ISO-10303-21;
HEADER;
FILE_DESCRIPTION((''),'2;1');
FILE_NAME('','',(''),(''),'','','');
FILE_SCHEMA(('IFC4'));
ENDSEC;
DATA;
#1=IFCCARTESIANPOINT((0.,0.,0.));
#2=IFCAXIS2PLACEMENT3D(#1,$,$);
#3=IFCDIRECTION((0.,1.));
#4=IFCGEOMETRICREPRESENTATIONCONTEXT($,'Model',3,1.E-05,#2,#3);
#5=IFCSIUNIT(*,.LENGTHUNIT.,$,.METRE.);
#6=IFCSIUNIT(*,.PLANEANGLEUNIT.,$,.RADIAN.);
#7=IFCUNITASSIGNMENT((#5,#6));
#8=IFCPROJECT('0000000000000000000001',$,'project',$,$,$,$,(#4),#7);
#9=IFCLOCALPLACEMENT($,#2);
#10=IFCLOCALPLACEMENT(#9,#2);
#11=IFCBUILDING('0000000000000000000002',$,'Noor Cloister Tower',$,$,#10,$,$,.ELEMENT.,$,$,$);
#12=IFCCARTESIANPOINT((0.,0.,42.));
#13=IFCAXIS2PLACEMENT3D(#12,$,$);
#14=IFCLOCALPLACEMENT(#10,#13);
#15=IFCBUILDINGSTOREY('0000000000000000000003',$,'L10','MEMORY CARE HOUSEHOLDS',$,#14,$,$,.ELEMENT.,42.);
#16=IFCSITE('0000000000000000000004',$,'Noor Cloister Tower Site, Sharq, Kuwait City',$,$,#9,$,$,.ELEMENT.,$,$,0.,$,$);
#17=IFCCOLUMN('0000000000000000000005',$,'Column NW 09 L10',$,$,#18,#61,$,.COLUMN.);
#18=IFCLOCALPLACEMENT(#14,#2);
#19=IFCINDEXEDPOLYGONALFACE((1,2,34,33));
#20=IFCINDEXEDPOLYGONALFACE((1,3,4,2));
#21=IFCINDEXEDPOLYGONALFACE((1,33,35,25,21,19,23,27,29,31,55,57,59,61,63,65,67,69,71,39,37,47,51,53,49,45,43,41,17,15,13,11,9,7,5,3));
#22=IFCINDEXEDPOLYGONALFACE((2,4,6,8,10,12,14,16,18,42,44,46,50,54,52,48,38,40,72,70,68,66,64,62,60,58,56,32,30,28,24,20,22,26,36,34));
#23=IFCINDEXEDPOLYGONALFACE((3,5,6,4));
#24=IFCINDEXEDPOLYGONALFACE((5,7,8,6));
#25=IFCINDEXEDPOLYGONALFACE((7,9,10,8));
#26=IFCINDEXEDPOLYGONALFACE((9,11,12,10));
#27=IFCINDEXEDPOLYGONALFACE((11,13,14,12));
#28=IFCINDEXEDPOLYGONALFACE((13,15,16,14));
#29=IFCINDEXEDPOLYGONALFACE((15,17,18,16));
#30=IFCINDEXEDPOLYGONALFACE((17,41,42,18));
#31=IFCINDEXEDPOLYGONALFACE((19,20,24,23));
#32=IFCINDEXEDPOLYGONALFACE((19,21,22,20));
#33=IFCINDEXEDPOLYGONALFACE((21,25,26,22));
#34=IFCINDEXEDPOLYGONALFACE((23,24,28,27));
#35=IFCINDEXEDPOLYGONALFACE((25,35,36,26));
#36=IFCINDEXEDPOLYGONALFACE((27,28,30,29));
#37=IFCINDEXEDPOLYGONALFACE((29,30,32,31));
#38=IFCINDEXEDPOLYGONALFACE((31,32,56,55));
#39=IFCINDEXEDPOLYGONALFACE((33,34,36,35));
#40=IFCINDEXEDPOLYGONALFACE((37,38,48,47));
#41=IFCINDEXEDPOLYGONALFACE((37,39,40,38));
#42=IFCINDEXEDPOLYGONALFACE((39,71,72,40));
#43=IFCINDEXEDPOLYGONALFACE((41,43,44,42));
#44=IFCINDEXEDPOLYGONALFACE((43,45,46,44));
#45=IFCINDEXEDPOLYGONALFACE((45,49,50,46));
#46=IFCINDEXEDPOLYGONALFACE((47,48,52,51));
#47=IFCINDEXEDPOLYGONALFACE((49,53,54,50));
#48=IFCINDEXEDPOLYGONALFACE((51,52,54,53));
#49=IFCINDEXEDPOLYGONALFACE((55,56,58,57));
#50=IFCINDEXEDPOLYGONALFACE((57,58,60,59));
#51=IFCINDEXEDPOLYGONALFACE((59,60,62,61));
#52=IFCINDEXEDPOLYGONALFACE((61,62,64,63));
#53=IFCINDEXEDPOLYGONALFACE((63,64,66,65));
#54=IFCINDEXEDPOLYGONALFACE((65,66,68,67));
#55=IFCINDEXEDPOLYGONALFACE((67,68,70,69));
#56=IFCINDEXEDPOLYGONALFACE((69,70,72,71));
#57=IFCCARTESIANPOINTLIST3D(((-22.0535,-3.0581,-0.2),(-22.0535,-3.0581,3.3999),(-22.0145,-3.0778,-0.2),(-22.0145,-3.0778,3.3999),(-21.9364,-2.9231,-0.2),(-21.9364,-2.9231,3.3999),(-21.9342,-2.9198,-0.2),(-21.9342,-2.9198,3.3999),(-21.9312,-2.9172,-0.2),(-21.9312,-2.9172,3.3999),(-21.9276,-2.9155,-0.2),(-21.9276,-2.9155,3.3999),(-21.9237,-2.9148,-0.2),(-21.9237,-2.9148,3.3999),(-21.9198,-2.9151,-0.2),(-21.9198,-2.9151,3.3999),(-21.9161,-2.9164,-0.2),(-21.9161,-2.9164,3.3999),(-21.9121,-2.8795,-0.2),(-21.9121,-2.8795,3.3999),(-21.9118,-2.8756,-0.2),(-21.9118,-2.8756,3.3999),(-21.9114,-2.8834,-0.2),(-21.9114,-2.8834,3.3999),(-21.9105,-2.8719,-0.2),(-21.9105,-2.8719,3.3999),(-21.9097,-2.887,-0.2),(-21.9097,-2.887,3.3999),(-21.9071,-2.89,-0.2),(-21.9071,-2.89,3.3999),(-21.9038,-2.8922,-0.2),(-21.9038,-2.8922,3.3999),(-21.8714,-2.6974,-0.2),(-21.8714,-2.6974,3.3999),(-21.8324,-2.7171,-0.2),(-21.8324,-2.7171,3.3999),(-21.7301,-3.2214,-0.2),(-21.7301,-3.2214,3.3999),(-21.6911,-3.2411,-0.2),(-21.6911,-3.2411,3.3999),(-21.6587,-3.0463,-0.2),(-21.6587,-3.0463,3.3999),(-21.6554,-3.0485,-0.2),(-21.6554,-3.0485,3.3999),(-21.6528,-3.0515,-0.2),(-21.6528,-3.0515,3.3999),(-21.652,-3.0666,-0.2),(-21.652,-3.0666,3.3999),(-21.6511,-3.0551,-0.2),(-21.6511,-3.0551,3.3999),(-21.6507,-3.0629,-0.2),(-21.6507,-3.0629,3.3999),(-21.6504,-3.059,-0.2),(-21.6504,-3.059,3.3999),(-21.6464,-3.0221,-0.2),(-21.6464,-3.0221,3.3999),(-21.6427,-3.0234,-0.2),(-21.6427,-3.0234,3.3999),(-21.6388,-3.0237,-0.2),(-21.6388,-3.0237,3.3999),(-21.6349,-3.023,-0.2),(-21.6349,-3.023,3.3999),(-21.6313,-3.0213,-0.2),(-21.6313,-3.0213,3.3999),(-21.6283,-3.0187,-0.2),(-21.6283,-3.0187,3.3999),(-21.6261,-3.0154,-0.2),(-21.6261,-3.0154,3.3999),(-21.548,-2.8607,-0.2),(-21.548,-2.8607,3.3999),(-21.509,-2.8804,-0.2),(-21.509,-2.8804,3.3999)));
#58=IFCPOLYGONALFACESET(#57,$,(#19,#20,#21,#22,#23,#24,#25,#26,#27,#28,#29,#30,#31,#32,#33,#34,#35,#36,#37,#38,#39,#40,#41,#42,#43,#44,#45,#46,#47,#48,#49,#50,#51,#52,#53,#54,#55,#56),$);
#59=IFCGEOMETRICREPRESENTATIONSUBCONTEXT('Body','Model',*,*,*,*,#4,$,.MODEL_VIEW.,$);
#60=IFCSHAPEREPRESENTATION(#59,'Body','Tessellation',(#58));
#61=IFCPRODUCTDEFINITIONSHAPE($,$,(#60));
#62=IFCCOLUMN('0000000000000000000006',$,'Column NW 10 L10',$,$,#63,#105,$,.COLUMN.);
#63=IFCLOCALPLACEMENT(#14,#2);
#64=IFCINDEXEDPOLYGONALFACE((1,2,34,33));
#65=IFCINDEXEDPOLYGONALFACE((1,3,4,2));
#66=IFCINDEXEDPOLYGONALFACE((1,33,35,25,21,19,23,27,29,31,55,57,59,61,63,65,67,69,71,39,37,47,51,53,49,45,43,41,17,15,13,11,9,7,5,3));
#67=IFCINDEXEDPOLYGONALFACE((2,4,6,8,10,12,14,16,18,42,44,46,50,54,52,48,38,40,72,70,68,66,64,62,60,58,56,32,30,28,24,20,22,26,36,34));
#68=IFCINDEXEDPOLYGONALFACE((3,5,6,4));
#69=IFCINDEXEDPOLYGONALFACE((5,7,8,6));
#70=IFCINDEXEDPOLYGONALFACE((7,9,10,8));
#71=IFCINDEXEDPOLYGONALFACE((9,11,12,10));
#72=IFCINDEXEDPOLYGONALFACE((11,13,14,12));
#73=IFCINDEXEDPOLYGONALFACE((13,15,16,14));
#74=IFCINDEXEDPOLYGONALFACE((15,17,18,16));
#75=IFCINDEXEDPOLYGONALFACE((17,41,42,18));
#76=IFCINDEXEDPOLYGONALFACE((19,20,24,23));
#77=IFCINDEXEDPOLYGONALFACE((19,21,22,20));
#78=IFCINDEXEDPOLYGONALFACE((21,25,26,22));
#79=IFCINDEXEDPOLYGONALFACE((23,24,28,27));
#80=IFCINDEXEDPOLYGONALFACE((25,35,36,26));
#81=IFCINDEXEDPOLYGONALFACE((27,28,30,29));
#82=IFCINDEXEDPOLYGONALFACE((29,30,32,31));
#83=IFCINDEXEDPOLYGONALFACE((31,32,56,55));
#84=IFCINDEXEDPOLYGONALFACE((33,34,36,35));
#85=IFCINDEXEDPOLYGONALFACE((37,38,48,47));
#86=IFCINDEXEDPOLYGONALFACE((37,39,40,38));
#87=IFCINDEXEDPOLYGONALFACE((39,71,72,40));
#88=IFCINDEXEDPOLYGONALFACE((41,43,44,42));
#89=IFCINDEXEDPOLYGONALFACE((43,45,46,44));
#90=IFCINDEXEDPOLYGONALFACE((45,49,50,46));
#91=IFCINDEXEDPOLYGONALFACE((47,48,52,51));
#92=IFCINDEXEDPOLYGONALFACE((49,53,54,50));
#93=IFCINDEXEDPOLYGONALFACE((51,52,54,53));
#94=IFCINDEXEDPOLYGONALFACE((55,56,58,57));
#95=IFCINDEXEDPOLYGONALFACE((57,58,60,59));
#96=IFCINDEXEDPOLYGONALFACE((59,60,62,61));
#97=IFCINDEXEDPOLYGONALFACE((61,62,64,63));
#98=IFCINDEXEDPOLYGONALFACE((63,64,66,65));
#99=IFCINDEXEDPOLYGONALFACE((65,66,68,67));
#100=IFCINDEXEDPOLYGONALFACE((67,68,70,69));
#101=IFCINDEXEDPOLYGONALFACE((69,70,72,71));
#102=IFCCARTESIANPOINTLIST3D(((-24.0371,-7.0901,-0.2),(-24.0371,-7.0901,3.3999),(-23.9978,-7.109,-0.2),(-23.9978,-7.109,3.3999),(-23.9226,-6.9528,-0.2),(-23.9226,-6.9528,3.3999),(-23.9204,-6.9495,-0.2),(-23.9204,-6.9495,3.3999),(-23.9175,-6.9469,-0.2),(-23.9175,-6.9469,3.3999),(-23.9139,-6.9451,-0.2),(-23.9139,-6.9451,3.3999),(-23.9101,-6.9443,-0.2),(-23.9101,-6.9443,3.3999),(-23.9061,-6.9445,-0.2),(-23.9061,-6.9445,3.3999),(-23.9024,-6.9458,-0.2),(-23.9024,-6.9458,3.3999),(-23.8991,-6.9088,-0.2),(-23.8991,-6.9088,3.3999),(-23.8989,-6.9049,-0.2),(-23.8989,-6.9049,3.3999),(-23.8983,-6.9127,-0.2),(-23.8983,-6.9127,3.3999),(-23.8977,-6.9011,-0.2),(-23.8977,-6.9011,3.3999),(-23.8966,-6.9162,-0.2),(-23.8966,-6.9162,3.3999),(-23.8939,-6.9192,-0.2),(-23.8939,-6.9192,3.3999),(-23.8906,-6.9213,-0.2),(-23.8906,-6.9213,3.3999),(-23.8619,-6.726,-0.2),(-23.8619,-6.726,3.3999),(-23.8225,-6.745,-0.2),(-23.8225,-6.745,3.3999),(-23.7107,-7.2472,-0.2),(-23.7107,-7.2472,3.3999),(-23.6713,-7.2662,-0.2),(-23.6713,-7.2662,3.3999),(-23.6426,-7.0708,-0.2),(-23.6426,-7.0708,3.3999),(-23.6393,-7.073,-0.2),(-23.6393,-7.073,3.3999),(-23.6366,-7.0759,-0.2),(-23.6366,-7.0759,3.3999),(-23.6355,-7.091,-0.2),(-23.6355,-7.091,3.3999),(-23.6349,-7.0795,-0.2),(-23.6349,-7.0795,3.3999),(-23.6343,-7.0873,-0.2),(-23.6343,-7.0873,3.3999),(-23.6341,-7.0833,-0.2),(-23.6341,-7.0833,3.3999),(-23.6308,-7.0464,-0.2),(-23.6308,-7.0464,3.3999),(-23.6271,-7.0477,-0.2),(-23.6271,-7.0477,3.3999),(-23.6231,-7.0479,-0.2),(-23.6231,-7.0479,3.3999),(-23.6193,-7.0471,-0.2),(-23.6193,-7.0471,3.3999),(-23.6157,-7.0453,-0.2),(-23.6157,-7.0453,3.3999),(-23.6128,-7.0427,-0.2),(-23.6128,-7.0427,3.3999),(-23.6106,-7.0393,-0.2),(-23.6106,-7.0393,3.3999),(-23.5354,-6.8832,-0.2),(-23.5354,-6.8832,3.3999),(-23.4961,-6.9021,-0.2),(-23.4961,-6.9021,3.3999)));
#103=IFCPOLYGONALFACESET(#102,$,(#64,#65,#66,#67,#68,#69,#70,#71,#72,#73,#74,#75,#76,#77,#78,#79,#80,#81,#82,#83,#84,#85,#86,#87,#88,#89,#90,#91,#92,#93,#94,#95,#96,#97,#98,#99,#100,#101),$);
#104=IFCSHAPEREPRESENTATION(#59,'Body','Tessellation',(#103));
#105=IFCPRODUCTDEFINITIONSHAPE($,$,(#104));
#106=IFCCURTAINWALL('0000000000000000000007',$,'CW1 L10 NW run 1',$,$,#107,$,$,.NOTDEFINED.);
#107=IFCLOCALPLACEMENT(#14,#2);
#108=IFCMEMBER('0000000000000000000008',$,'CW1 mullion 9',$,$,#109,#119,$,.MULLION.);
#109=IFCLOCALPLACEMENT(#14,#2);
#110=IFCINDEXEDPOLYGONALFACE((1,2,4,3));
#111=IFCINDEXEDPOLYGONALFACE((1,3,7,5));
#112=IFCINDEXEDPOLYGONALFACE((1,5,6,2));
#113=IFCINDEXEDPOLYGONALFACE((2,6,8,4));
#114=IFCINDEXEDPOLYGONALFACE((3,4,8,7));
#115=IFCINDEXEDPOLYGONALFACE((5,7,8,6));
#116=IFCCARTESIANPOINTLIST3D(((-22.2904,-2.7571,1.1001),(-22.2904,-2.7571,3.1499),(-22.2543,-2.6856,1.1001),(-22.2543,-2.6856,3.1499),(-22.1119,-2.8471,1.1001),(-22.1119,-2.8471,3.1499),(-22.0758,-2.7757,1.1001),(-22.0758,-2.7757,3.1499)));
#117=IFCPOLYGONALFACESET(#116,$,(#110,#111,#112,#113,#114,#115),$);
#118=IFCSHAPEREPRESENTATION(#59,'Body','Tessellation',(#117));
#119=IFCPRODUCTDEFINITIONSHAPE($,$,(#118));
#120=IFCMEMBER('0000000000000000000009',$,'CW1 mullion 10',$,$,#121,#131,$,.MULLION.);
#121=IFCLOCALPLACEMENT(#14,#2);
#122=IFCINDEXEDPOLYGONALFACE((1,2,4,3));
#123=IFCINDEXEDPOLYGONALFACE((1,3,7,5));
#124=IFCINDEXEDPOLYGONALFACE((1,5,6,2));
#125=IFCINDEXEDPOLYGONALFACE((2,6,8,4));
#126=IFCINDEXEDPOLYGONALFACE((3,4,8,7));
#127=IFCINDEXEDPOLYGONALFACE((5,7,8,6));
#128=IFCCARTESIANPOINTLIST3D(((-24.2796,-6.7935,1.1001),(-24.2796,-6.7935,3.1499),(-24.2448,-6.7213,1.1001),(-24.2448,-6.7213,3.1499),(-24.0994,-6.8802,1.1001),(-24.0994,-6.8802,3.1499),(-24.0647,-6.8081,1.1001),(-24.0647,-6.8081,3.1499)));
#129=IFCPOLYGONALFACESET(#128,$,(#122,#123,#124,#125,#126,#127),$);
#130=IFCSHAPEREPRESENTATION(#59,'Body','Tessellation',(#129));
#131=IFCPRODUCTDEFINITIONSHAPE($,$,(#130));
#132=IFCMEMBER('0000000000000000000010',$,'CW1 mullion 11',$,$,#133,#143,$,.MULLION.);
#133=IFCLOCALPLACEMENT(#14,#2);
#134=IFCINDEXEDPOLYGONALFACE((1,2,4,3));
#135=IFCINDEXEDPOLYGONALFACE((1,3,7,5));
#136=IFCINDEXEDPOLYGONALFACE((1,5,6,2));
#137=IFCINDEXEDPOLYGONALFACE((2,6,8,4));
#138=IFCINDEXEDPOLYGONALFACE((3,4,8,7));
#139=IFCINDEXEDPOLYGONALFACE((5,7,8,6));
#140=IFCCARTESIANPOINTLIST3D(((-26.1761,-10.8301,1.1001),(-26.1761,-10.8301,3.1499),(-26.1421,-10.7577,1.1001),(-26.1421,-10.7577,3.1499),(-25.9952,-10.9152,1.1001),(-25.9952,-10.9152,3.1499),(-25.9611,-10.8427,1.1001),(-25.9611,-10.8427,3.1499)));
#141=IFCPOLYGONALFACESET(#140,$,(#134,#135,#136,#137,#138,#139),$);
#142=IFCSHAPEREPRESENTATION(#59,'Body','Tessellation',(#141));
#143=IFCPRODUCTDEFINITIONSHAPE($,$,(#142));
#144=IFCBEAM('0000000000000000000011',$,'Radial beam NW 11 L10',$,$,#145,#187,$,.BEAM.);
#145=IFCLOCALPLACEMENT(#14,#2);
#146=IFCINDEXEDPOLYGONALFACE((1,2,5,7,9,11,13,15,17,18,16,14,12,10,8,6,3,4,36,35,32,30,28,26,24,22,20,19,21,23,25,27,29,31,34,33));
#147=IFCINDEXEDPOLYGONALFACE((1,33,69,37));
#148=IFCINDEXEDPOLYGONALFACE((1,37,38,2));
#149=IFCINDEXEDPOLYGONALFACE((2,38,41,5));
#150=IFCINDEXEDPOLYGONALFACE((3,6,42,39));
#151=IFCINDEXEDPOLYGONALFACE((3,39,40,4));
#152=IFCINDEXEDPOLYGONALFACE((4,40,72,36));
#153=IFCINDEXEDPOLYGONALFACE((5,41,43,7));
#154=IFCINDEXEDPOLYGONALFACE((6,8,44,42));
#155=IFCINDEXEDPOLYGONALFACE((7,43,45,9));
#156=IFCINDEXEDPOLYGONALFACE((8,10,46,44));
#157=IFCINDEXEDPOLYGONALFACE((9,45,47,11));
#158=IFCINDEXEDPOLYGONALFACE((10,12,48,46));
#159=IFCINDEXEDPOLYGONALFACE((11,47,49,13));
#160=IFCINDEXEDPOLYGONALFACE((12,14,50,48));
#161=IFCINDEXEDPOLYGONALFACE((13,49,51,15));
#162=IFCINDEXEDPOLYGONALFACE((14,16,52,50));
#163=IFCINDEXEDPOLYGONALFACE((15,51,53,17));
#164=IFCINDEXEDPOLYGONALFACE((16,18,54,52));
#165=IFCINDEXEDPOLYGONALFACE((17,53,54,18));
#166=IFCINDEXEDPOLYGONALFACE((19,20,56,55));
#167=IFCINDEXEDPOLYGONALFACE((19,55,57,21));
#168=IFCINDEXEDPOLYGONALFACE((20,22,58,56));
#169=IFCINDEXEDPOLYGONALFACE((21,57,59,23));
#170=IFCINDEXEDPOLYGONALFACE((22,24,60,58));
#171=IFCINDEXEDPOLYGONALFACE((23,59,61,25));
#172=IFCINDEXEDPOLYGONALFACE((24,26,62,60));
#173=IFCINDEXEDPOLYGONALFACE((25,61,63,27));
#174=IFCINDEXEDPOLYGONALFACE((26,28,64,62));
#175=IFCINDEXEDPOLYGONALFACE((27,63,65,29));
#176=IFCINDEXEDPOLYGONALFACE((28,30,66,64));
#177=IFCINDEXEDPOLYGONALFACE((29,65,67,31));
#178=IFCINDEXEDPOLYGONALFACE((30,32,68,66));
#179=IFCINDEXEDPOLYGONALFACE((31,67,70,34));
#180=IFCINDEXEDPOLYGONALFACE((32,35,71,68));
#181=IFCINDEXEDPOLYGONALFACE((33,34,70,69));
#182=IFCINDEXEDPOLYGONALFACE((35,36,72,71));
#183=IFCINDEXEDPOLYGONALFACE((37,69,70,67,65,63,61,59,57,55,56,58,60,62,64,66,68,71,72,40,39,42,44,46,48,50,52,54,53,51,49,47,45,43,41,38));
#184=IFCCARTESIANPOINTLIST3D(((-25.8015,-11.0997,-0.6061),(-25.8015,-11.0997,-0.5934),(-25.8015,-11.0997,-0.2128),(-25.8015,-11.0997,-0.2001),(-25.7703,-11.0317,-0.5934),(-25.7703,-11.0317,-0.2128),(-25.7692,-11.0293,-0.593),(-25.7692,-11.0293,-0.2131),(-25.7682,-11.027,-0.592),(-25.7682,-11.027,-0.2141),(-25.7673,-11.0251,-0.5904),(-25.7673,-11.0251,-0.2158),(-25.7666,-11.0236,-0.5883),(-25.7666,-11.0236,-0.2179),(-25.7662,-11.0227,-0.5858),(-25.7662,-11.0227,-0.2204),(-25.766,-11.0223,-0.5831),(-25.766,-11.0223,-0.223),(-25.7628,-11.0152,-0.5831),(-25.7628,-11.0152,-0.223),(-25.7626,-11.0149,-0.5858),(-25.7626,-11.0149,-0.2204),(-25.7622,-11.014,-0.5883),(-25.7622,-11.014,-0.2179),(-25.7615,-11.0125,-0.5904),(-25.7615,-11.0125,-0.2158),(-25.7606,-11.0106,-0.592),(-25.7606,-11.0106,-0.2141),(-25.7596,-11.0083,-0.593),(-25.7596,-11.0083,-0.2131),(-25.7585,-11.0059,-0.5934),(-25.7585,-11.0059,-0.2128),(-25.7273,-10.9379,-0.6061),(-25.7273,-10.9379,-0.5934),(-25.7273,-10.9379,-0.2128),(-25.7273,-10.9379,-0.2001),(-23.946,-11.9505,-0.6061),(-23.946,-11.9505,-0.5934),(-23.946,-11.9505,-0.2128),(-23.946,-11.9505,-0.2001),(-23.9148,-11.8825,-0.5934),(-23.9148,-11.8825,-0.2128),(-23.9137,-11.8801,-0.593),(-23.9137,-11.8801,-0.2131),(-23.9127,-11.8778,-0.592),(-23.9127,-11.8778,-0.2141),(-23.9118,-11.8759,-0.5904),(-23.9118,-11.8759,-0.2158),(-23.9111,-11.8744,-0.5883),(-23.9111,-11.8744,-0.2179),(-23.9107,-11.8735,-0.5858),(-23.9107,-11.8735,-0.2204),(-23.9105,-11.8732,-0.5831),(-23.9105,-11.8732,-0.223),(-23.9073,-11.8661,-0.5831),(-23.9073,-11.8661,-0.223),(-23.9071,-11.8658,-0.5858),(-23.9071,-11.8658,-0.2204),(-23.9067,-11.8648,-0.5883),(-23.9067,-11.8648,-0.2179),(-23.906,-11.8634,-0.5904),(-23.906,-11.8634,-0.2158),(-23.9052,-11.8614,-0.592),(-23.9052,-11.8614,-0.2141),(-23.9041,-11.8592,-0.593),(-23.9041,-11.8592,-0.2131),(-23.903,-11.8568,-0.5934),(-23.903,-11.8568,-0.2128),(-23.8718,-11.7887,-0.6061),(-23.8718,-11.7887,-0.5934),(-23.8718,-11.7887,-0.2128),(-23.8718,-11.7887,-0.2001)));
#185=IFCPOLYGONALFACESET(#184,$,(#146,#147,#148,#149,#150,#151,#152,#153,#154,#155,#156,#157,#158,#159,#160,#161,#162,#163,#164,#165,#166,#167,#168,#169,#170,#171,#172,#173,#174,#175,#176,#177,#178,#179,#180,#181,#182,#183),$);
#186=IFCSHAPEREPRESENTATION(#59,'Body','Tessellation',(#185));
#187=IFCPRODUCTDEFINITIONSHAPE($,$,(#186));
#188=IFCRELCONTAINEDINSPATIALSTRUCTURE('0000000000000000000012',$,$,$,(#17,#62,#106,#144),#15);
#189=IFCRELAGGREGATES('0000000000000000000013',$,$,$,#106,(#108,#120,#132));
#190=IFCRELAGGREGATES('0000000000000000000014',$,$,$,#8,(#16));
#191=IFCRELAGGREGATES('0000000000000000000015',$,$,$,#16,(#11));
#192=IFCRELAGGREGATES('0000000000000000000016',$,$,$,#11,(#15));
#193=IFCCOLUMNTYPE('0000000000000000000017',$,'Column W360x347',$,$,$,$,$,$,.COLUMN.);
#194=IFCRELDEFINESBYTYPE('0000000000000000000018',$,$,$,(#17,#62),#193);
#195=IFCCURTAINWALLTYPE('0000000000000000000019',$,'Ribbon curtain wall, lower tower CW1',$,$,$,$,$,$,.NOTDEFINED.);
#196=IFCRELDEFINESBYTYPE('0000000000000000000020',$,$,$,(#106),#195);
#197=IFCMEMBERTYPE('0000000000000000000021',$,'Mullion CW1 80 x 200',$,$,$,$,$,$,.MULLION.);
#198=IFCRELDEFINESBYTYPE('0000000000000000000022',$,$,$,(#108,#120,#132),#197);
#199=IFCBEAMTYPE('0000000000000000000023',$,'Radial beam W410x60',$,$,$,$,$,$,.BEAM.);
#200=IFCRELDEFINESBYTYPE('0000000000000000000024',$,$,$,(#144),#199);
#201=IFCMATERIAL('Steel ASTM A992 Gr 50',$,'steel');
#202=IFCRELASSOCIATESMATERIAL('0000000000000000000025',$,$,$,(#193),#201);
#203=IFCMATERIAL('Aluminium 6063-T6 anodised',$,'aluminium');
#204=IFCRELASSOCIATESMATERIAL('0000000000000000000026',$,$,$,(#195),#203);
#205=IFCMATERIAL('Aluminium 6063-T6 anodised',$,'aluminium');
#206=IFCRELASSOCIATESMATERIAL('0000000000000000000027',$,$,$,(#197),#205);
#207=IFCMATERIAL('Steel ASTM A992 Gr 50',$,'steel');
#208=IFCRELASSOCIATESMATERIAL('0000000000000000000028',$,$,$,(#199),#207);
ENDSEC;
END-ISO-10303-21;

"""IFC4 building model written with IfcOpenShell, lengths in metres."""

from ifc_helpers import new_model, si_unit, direction, frame, origin, origin_2d, place, context, subcontext, project, spatial, rectangle, i_section, extrude, material, material_profile, profile_set, type_object, element, aggregate, save


model = new_model("IFC4")

# Units and contexts
model_context = context("Model", 3, precision=1e-05, world=origin(), true_north=direction((0.0, 1.0)))
body_context = subcontext(model_context, "Body", "Model", "MODEL_VIEW")
ifc_project = project(units=[si_unit("LENGTHUNIT", "METRE"), si_unit("PLANEANGLEUNIT", "RADIAN")], contexts=[model_context])

# Site, building, storey
site_placement = place(None, origin())
site = spatial("IfcSite", under=ifc_project, at=site_placement, Name="Noor Cloister Tower Site, Sharq, Kuwait City", CompositionType="ELEMENT", RefElevation=0.0)
building_placement = place(site_placement, origin())
building = spatial("IfcBuilding", under=site, at=building_placement, Name="Noor Cloister Tower", CompositionType="ELEMENT")
storey_placement = place(building_placement, frame((0.0, 0.0, 42.0)))
storey = spatial("IfcBuildingStorey", under=building, at=storey_placement, Name="L10", Description="MEMORY CARE HOUSEHOLDS", CompositionType="ELEMENT", Elevation=42.0)

# Columns
ifc_material_1 = material(Name="Steel ASTM A992 Gr 50", Category="steel")
ifc_material_profile_1 = material_profile(ifc_material_1, i_section(OverallWidth=0.4041, OverallDepth=0.406, WebThickness=0.0271, FlangeThickness=0.0437, FilletRadius=0.0151, at=origin_2d()), Name="W360x347")
ifc_profile_set_1 = profile_set([ifc_material_profile_1], Name="Steel ASTM A992 Gr 50")
column_type = type_object("IfcColumnType", Name="Column W360x347", PredefinedType="COLUMN", material=ifc_profile_set_1)
for number, where, z_axis, x_axis, name in (
    (1, (-21.7812, -2.9692, -0.2), (0.0, 0.0, 1.0), (-0.450581, -0.892735, 0.0), "Column NW 09 L10"),
    (2, (-23.7666, -6.9961, -0.2), (0.0, 0.0, 1.0), (-0.433785, -0.901017, 0.0), "Column NW 10 L10"),
):
    element("IfcColumn", number, at=place(storey_placement, frame(where, z_axis=z_axis, x_axis=x_axis)), inside=storey, type_object=column_type, Name=name, PredefinedType="COLUMN", context=body_context, shape_type="SweptSolid", body=[
        extrude(i_section(OverallWidth=0.4041, OverallDepth=0.406, WebThickness=0.0271, FlangeThickness=0.0437, FilletRadius=0.0151, at=origin_2d()), origin(), (0.0, 0.0, 1.0), 3.5999),
    ])

# Curtain wall, members
ifc_material_2 = material(Name="Aluminium 6063-T6 anodised", Category="aluminium")
curtain_wall_type = type_object("IfcCurtainWallType", Name="Ribbon curtain wall, lower tower CW1", PredefinedType="NOTDEFINED", material=ifc_material_2)
curtain_wall_placement = place(storey_placement, origin())
curtain_wall = element("IfcCurtainWall", 3, at=curtain_wall_placement, inside=storey, type_object=curtain_wall_type, Name="CW1 L10 NW run 1", PredefinedType="NOTDEFINED")
ifc_material_3 = material(Name="Aluminium 6063-T6 anodised", Category="aluminium")
ifc_material_profile_2 = material_profile(ifc_material_3, rectangle(XDim=0.2, YDim=0.0801, at=origin_2d()), Name="200 x 80 mullion")
ifc_profile_set_2 = profile_set([ifc_material_profile_2], Name="Aluminium 6063-T6 anodised")
member_type = type_object("IfcMemberType", Name="Mullion CW1 80 x 200", PredefinedType="MULLION", material=ifc_profile_set_2)
member_1_placement = place(storey_placement, frame((-22.1831, -2.7664, 1.1001), z_axis=(0.0, 0.0, 1.0), x_axis=(0.892735, -0.450581, 0.0)))
member_1 = element("IfcMember", 4, at=member_1_placement, type_object=member_type, Name="CW1 mullion 9", PredefinedType="MULLION", context=body_context, shape_type="SweptSolid", body=[
    extrude(rectangle(XDim=0.2, YDim=0.0801, at=origin_2d()), origin(), (0.0, 0.0, 1.0), 2.0498),
])
member_2_placement = place(storey_placement, frame((-24.1721, -6.8008, 1.1001), z_axis=(0.0, 0.0, 1.0), x_axis=(0.901017, -0.433785, 0.0)))
member_2 = element("IfcMember", 5, at=member_2_placement, type_object=member_type, Name="CW1 mullion 10", PredefinedType="MULLION", context=body_context, shape_type="SweptSolid", body=[
    extrude(rectangle(XDim=0.2, YDim=0.0801, at=origin_2d()), origin(), (0.0, 0.0, 1.0), 2.0498),
])
member_3_placement = place(storey_placement, frame((-26.0686, -10.8364, 1.1001), z_axis=(0.0, 0.0, 1.0), x_axis=(0.905039, -0.425329, 0.0)))
member_3 = element("IfcMember", 6, at=member_3_placement, type_object=member_type, Name="CW1 mullion 11", PredefinedType="MULLION", context=body_context, shape_type="SweptSolid", body=[
    extrude(rectangle(XDim=0.2, YDim=0.0801, at=origin_2d()), origin(), (0.0, 0.0, 1.0), 2.0498),
])

# Beam
ifc_material_4 = material(Name="Steel ASTM A992 Gr 50", Category="steel")
ifc_material_profile_3 = material_profile(ifc_material_4, i_section(OverallWidth=0.178, OverallDepth=0.406, WebThickness=0.0078, FlangeThickness=0.0127, FilletRadius=0.0103, at=origin_2d()), Name="W410x60")
ifc_profile_set_3 = profile_set([ifc_material_profile_3], Name="Steel ASTM A992 Gr 50")
beam_type_1 = type_object("IfcBeamType", Name="Radial beam W410x60", PredefinedType="BEAM", material=ifc_profile_set_3)
beam_1_placement = place(storey_placement, frame((-25.7644, -11.0188, -0.4031), z_axis=(0.908989, -0.416819, 0.0), x_axis=(0.416819, 0.908989, 0.0)))
element("IfcBeam", 7, at=beam_1_placement, inside=storey, type_object=beam_type_1, Name="Radial beam NW 11 L10", PredefinedType="BEAM", context=body_context, shape_type="SweptSolid", body=[
    extrude(i_section(OverallWidth=0.178, OverallDepth=0.406, WebThickness=0.0078, FlangeThickness=0.0127, FilletRadius=0.0103, at=origin_2d()), origin(), (0.0, 0.0, 1.0), 2.0413),
])

aggregate(curtain_wall, [member_1, member_2, member_3])

save(model, "model.ifc")
